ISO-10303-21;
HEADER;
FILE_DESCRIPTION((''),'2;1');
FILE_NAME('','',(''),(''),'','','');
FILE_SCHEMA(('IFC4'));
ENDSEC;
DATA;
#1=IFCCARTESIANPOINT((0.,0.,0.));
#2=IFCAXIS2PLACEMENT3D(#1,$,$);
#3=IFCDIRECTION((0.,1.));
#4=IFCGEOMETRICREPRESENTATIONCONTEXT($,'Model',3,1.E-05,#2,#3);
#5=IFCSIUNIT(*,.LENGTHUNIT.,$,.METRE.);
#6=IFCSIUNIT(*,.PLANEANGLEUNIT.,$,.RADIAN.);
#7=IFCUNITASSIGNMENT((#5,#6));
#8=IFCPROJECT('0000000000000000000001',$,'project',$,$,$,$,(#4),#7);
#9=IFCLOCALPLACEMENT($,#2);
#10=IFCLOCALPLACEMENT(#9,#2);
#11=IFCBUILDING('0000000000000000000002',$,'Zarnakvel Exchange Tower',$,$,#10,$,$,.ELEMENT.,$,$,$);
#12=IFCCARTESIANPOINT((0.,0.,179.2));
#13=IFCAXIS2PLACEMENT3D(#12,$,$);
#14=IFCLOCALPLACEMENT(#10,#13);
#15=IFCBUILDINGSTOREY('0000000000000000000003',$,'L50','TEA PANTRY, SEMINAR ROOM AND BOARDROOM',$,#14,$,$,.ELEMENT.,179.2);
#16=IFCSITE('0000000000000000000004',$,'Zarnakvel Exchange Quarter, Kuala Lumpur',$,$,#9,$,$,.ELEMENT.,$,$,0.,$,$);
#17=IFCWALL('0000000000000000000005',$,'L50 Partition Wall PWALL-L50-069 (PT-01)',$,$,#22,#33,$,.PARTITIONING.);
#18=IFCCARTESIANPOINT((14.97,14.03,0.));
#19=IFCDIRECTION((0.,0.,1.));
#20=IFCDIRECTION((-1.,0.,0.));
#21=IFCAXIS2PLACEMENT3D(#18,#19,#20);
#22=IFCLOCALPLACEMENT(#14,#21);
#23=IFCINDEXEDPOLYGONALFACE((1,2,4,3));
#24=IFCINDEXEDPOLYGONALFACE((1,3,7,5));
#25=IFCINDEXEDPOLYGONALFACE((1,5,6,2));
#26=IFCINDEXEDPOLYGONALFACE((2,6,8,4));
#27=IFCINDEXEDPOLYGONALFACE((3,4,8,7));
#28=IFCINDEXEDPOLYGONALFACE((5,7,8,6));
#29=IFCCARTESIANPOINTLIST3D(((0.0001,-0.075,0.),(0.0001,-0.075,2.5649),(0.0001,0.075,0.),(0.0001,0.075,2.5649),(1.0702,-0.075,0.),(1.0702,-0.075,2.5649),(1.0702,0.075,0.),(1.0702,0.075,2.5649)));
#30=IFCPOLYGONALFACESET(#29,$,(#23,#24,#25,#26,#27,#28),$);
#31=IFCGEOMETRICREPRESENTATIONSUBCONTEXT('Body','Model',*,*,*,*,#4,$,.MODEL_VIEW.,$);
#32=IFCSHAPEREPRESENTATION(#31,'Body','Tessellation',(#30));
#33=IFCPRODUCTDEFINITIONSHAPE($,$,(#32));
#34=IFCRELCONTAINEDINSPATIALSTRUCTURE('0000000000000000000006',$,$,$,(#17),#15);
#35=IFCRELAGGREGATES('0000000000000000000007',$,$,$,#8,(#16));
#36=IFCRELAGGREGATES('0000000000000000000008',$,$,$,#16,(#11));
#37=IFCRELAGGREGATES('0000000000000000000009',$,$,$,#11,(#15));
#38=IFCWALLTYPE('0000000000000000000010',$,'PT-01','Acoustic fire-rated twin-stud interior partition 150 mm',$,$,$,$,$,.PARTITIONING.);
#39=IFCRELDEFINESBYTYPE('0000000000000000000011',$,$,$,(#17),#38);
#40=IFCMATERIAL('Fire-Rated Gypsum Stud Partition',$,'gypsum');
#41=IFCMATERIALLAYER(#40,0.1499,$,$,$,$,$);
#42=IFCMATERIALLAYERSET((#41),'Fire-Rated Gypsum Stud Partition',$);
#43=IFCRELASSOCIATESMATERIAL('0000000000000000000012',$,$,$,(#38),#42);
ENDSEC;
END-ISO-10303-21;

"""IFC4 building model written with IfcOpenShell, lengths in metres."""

from ifc_helpers import new_model, si_unit, direction, frame, frame_2d, origin, place, context, subcontext, project, spatial, rectangle, extrude, material, layer, layer_set, type_object, element, save


model = new_model("IFC4")

# Units and contexts
model_context = context("Model", 3, precision=1e-05, world=origin(), true_north=direction((0.0, 1.0)))
body_context = subcontext(model_context, "Body", "Model", "MODEL_VIEW")
ifc_project = project(units=[si_unit("LENGTHUNIT", "METRE"), si_unit("PLANEANGLEUNIT", "RADIAN")], contexts=[model_context])

# Site, building, storey
site_placement = place(None, origin())
site = spatial("IfcSite", under=ifc_project, at=site_placement, Name="Zarnakvel Exchange Quarter, Kuala Lumpur", CompositionType="ELEMENT", RefElevation=0.0)
building_placement = place(site_placement, origin())
building = spatial("IfcBuilding", under=site, at=building_placement, Name="Zarnakvel Exchange Tower", CompositionType="ELEMENT")
storey_placement = place(building_placement, frame((0.0, 0.0, 179.2)))
storey = spatial("IfcBuildingStorey", under=building, at=storey_placement, Name="L50", Description="TEA PANTRY, SEMINAR ROOM AND BOARDROOM", CompositionType="ELEMENT", Elevation=179.2)

# Wall
ifc_material_1 = material(Name="Fire-Rated Gypsum Stud Partition", Category="gypsum")
ifc_layer_1 = layer(ifc_material_1, 0.1499)
ifc_layer_set_1 = layer_set([ifc_layer_1], Name="Fire-Rated Gypsum Stud Partition")
wall_type_1 = type_object("IfcWallType", Name="PT-01", Description="Acoustic fire-rated twin-stud interior partition 150 mm", PredefinedType="PARTITIONING", material=ifc_layer_set_1)
wall_1_placement = place(storey_placement, frame((14.97, 14.03, 0.0), z_axis=(0.0, 0.0, 1.0), x_axis=(-1.0, 0.0, 0.0)))
element("IfcWall", 1, at=wall_1_placement, inside=storey, type_object=wall_type_1, Name="L50 Partition Wall PWALL-L50-069 (PT-01)", PredefinedType="PARTITIONING", context=body_context, shape_type="SweptSolid", body=[
    extrude(rectangle(XDim=1.0701, YDim=0.1499, at=frame_2d((0.5352, 0.0))), origin(), (0.0, 0.0, 1.0), 2.5649),
])

save(model, "model.ifc")
